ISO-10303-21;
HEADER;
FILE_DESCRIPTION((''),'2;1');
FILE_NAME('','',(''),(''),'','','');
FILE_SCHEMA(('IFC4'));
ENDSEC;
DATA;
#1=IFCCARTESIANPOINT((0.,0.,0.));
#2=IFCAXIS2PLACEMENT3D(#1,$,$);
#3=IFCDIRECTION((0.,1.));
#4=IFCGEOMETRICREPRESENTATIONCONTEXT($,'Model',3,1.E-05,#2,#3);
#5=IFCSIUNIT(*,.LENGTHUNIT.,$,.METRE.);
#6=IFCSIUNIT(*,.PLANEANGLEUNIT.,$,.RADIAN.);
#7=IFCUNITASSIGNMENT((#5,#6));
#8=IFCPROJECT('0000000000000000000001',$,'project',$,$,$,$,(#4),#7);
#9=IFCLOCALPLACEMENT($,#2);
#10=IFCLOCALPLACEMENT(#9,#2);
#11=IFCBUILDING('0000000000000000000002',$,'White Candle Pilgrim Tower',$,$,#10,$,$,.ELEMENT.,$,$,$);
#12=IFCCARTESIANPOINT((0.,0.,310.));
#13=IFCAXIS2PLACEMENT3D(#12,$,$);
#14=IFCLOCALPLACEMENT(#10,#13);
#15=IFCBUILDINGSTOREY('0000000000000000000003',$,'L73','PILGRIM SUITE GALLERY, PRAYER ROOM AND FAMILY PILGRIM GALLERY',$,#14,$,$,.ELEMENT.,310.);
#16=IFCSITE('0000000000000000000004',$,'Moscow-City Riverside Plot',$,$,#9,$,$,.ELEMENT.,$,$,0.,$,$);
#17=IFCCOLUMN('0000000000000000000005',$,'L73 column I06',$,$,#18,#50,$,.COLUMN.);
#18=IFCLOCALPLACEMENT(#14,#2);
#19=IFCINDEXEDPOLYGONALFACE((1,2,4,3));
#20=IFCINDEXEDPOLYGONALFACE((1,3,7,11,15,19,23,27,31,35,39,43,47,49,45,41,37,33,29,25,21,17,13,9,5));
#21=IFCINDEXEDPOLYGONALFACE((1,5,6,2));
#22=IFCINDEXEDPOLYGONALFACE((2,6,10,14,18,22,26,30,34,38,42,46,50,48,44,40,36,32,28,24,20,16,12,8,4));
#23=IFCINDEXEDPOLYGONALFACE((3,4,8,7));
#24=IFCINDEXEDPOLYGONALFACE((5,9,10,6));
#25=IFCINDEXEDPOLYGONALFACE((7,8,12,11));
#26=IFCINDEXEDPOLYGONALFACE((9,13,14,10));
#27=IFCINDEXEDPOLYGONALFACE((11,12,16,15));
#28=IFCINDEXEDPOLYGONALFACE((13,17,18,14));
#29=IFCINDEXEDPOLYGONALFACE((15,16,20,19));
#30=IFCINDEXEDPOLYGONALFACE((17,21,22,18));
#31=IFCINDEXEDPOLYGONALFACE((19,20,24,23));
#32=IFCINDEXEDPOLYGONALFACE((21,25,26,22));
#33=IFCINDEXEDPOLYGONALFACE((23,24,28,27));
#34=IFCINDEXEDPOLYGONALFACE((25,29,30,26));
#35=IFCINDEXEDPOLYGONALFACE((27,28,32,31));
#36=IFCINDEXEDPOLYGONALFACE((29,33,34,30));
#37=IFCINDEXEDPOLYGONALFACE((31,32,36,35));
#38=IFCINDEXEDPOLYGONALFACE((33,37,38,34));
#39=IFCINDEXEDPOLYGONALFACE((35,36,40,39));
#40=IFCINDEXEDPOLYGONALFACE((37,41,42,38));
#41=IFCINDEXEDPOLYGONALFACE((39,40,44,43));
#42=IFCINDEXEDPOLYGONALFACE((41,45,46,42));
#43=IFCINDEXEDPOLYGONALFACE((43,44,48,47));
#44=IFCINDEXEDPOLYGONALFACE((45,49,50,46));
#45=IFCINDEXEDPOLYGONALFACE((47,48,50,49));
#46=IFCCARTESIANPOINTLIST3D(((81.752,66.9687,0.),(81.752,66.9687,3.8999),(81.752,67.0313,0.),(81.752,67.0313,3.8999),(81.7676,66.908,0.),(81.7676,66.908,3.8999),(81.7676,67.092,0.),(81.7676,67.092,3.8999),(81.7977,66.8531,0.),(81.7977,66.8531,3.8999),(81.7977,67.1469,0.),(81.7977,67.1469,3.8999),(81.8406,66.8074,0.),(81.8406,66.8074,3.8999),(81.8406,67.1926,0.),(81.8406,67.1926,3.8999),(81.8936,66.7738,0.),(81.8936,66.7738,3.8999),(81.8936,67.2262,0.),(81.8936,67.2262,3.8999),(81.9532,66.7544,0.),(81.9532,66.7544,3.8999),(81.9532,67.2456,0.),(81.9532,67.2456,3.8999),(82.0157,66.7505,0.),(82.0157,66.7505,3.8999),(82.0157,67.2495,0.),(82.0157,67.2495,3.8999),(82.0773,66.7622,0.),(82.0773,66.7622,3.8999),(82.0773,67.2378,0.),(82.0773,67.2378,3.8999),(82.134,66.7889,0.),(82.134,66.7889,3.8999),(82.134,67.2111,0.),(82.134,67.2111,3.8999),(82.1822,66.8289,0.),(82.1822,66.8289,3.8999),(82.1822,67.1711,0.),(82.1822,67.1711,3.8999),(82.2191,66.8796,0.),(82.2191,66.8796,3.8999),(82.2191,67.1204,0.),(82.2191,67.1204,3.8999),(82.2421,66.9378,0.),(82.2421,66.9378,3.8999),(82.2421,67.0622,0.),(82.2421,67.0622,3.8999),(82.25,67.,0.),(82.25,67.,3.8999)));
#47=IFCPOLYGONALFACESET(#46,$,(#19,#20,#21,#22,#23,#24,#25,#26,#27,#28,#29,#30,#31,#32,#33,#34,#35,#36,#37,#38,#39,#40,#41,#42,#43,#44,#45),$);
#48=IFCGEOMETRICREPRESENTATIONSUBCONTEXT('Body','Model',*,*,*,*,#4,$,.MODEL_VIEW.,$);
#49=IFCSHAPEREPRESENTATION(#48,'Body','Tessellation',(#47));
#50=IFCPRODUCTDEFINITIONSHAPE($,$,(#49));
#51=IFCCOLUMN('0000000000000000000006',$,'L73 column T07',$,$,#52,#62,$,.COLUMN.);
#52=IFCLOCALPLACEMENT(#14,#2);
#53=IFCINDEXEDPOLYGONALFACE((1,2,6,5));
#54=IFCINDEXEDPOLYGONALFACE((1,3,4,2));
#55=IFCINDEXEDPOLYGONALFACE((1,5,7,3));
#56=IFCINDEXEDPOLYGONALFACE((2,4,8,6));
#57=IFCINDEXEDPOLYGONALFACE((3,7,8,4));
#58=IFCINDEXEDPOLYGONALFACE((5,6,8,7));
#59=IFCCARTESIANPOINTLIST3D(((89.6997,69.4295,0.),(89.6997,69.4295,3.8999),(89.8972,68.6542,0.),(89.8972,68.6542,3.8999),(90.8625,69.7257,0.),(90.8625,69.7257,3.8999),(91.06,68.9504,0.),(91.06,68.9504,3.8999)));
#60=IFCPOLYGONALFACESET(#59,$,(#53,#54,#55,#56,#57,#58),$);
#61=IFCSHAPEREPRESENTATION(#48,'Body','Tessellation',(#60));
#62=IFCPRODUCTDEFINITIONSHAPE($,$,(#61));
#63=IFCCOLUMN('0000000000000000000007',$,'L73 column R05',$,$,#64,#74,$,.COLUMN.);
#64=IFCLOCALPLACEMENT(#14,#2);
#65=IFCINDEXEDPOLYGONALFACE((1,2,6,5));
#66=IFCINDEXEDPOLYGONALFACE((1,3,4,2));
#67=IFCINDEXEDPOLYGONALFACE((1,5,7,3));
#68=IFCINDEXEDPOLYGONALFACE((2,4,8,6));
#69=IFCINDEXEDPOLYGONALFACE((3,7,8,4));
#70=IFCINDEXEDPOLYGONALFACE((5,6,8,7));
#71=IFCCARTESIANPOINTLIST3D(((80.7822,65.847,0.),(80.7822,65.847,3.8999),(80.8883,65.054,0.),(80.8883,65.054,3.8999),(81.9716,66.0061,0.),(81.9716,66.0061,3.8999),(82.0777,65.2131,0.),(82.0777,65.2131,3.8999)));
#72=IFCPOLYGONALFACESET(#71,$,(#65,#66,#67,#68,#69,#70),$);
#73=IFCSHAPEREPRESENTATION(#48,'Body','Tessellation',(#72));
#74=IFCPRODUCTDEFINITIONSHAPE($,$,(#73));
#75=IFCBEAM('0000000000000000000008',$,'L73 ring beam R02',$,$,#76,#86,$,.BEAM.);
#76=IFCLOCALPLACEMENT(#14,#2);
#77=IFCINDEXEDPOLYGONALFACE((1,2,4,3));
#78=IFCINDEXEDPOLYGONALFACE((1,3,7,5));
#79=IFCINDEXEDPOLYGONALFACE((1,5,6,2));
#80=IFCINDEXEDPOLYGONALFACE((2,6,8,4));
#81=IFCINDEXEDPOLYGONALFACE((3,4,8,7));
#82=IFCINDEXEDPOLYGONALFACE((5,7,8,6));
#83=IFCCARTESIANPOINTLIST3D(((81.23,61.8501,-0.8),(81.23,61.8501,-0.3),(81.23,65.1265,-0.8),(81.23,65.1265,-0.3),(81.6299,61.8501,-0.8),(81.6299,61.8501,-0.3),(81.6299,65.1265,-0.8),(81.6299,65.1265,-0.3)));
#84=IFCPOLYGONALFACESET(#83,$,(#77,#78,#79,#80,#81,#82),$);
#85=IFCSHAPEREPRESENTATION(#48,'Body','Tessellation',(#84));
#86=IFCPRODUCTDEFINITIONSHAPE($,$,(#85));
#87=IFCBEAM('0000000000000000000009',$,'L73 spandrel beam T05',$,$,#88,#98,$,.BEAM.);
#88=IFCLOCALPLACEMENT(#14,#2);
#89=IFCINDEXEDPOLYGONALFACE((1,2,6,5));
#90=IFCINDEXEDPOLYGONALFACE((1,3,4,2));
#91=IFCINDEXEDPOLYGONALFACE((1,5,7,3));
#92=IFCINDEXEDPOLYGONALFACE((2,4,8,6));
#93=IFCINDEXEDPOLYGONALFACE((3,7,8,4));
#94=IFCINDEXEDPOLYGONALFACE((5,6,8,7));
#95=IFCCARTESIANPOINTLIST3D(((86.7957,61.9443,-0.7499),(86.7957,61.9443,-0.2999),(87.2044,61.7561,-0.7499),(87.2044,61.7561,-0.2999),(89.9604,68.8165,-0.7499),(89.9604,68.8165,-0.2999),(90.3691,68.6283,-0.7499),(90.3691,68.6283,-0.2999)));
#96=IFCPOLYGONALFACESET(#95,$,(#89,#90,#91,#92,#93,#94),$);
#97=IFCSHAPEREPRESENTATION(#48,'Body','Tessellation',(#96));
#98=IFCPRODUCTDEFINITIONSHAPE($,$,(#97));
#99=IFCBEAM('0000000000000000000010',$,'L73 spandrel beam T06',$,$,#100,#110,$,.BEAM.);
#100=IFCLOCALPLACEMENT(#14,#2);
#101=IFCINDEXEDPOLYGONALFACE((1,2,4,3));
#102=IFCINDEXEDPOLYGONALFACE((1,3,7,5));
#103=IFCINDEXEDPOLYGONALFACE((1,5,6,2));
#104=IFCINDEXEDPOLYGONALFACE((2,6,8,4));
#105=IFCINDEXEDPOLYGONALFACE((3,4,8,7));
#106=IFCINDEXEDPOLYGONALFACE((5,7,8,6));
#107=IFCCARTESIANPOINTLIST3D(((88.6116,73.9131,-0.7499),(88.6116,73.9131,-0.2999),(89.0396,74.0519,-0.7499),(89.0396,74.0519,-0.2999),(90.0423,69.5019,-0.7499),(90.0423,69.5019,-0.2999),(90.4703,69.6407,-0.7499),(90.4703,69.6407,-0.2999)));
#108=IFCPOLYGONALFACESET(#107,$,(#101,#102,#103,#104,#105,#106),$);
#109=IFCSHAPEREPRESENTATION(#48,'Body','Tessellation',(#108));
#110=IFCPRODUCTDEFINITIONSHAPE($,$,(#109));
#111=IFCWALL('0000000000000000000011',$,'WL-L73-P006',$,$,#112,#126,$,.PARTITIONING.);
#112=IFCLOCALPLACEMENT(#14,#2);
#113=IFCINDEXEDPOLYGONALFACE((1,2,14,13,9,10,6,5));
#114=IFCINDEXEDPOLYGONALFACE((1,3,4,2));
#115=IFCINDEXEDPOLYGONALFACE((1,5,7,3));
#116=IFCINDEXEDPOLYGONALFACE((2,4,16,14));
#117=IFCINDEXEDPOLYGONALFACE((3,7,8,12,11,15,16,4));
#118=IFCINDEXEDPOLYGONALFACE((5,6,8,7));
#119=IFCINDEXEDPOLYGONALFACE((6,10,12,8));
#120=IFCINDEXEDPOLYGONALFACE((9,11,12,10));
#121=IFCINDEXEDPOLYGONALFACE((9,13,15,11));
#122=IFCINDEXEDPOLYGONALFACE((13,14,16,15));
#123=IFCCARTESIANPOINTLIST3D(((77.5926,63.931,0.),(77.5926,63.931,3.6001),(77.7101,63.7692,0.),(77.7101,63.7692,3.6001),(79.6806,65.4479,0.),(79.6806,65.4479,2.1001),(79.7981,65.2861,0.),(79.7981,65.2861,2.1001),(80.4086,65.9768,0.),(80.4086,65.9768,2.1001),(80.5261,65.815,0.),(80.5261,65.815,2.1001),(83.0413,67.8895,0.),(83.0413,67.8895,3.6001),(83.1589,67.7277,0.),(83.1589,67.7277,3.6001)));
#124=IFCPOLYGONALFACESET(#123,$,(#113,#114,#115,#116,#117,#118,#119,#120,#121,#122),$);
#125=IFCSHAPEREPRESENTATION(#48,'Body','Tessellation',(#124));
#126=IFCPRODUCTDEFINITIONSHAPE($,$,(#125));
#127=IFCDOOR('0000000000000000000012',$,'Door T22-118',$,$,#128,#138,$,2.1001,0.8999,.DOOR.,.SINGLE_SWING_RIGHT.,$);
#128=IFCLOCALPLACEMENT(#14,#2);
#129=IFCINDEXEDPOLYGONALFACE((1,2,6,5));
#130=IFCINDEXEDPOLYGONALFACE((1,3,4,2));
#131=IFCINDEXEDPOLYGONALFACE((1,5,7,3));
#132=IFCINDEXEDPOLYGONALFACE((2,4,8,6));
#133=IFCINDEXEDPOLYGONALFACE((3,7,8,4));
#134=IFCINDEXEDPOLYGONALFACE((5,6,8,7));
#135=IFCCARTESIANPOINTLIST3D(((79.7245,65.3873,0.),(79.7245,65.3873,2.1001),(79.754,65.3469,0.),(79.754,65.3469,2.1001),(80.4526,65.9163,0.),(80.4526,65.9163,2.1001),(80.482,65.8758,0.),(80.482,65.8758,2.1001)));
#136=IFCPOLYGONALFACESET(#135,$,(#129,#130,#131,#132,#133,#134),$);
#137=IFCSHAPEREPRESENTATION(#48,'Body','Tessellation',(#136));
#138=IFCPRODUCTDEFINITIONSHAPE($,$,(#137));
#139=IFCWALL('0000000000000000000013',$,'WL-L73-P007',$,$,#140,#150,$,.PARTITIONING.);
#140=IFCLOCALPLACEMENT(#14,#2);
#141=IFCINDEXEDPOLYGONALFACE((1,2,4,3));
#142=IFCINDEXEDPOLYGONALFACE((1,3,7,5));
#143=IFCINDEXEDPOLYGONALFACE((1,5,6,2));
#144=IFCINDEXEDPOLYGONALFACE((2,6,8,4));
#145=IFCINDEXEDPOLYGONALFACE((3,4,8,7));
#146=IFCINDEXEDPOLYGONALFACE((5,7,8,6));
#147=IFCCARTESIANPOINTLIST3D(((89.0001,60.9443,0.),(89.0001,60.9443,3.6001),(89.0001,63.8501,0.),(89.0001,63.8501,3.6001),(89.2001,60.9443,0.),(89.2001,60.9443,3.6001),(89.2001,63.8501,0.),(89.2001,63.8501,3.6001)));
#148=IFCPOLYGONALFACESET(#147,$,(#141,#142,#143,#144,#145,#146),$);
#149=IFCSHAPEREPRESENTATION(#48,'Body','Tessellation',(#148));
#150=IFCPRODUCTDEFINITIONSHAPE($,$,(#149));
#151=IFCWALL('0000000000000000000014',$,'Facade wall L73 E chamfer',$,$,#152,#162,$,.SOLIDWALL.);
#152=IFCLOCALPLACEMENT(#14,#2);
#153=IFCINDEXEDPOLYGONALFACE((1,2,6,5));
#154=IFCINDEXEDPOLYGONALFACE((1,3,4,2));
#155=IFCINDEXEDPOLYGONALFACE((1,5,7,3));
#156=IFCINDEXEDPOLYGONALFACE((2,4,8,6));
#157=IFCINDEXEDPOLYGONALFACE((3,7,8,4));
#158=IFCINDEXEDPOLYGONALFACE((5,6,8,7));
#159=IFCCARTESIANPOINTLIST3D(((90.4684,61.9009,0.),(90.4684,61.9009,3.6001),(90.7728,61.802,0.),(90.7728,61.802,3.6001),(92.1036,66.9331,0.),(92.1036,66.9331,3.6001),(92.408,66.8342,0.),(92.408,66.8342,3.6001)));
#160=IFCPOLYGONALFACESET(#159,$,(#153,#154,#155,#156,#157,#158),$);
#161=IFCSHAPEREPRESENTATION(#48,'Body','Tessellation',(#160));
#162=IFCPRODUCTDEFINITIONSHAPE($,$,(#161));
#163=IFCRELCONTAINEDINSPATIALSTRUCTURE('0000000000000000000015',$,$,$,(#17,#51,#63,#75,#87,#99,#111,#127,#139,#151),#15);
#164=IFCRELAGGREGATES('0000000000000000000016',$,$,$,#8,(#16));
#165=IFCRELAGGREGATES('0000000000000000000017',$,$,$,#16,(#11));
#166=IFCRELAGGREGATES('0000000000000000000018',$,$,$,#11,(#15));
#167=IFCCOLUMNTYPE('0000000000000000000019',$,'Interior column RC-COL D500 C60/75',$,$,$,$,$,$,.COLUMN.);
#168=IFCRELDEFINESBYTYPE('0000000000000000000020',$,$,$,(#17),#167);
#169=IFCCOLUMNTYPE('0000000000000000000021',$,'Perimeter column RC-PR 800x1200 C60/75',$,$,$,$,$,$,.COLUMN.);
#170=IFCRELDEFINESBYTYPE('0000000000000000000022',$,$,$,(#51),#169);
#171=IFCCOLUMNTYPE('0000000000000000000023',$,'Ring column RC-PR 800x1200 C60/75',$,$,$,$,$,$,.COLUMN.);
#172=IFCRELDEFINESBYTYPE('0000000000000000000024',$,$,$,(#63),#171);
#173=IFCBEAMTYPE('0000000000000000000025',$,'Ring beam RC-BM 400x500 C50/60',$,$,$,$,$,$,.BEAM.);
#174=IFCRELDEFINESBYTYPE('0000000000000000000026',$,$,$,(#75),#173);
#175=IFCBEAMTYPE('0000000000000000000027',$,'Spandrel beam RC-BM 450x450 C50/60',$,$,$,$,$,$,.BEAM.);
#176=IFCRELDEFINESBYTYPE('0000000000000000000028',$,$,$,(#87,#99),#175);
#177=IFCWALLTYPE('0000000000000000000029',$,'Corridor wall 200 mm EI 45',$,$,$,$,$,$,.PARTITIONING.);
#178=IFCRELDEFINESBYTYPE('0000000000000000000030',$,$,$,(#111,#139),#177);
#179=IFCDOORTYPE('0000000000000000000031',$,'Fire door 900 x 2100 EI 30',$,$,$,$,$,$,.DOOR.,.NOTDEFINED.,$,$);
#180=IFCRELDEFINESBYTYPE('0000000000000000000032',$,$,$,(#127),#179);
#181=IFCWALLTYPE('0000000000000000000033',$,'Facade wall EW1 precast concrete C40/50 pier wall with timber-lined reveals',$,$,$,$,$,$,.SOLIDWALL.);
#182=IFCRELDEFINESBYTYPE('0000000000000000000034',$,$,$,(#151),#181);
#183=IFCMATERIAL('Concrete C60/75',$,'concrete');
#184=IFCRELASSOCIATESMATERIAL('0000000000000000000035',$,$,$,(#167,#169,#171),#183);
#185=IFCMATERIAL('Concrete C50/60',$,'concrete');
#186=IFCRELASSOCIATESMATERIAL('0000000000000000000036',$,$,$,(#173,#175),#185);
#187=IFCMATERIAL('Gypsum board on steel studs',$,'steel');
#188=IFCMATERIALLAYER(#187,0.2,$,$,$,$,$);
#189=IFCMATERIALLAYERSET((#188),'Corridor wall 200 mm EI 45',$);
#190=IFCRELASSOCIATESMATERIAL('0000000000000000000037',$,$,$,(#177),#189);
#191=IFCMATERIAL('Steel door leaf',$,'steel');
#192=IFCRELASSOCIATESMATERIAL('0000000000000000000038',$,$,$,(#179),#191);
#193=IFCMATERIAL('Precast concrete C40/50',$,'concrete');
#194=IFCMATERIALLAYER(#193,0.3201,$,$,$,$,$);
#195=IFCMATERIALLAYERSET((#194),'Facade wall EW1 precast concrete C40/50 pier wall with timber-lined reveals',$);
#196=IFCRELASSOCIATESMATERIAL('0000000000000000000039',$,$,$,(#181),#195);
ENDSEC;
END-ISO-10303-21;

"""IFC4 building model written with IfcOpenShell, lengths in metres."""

from ifc_helpers import new_model, si_unit, direction, frame, frame_2d, origin, origin_2d, place, context, subcontext, project, spatial, rectangle, circle, extrude, material, layer, layer_set, material_profile, profile_set, type_object, element, fill, save


model = new_model("IFC4")

# Units and contexts
model_context = context("Model", 3, precision=1e-05, world=origin(), true_north=direction((0.0, 1.0)))
body_context = subcontext(model_context, "Body", "Model", "MODEL_VIEW")
ifc_project = project(units=[si_unit("LENGTHUNIT", "METRE"), si_unit("PLANEANGLEUNIT", "RADIAN")], contexts=[model_context])

# Site, building, storey
site_placement = place(None, origin())
site = spatial("IfcSite", under=ifc_project, at=site_placement, Name="Moscow-City Riverside Plot", CompositionType="ELEMENT", RefElevation=0.0)
building_placement = place(site_placement, origin())
building = spatial("IfcBuilding", under=site, at=building_placement, Name="White Candle Pilgrim Tower", CompositionType="ELEMENT")
storey_placement = place(building_placement, frame((0.0, 0.0, 310.0)))
storey = spatial("IfcBuildingStorey", under=building, at=storey_placement, Name="L73", Description="PILGRIM SUITE GALLERY, PRAYER ROOM AND FAMILY PILGRIM GALLERY", CompositionType="ELEMENT", Elevation=310.0)

# Columns
ifc_material_1 = material(Name="Concrete C60/75", Category="concrete")
ifc_material_profile_1 = material_profile(ifc_material_1, circle(Radius=0.25, at=origin_2d()), Name="RC-COL D500")
ifc_profile_set_1 = profile_set([ifc_material_profile_1], Name="Concrete C60/75")
column_type_1 = type_object("IfcColumnType", Name="Interior column RC-COL D500 C60/75", PredefinedType="COLUMN", material=ifc_profile_set_1)
column_1_placement = place(storey_placement, frame((82.0, 67.0, 0.0), z_axis=(0.0, 0.0, 1.0), x_axis=(1.0, 0.0, 0.0)))
element("IfcColumn", 1, at=column_1_placement, inside=storey, type_object=column_type_1, Name="L73 column I06", PredefinedType="COLUMN", context=body_context, shape_type="SweptSolid", body=[
    extrude(circle(Radius=0.25, at=origin_2d()), origin(), (0.0, 0.0, 1.0), 3.8999),
])
ifc_material_profile_2 = material_profile(ifc_material_1, rectangle(XDim=0.8, YDim=1.2, at=origin_2d()), Name="RC-PR 800x1200")
ifc_profile_set_2 = profile_set([ifc_material_profile_2], Name="Concrete C60/75")
column_type_2 = type_object("IfcColumnType", Name="Perimeter column RC-PR 800x1200 C60/75", PredefinedType="COLUMN", material=ifc_profile_set_2)
column_2_placement = place(storey_placement, frame((90.3799, 69.1899, 0.0), z_axis=(0.0, 0.0, 1.0), x_axis=(0.246881, -0.969046, 0.0)))
element("IfcColumn", 2, at=column_2_placement, inside=storey, type_object=column_type_2, Name="L73 column T07", PredefinedType="COLUMN", context=body_context, shape_type="SweptSolid", body=[
    extrude(rectangle(XDim=0.8, YDim=1.2, at=origin_2d()), origin(), (0.0, 0.0, 1.0), 3.8999),
])
ifc_material_profile_3 = material_profile(ifc_material_1, rectangle(XDim=0.8, YDim=1.2, at=origin_2d()), Name="RC-PR 800x1200")
ifc_profile_set_3 = profile_set([ifc_material_profile_3], Name="Concrete C60/75")
column_type_3 = type_object("IfcColumnType", Name="Ring column RC-PR 800x1200 C60/75", PredefinedType="COLUMN", material=ifc_profile_set_3)
column_3_placement = place(storey_placement, frame((81.4299, 65.53, 0.0), z_axis=(0.0, 0.0, 1.0), x_axis=(0.132602, -0.991169, 0.0)))
element("IfcColumn", 3, at=column_3_placement, inside=storey, type_object=column_type_3, Name="L73 column R05", PredefinedType="COLUMN", context=body_context, shape_type="SweptSolid", body=[
    extrude(rectangle(XDim=0.8, YDim=1.2, at=origin_2d()), origin(), (0.0, 0.0, 1.0), 3.8999),
])

# Beams
ifc_material_2 = material(Name="Concrete C50/60", Category="concrete")
ifc_material_profile_4 = material_profile(ifc_material_2, rectangle(XDim=0.3999, YDim=0.5, at=origin_2d()), Name="RC-BM 400x500")
ifc_profile_set_4 = profile_set([ifc_material_profile_4], Name="Concrete C50/60")
beam_type_1 = type_object("IfcBeamType", Name="Ring beam RC-BM 400x500 C50/60", PredefinedType="BEAM", material=ifc_profile_set_4)
beam_1_placement = place(storey_placement, frame((81.4299, 65.1265, -0.55), z_axis=(0.0, -1.0, 0.0), x_axis=(1.0, 0.0, 0.0)))
element("IfcBeam", 4, at=beam_1_placement, inside=storey, type_object=beam_type_1, Name="L73 ring beam R02", PredefinedType="BEAM", context=body_context, shape_type="SweptSolid", body=[
    extrude(rectangle(XDim=0.3999, YDim=0.5, at=origin_2d()), origin(), (0.0, 0.0, 1.0), 3.2764),
])
ifc_material_profile_5 = material_profile(ifc_material_2, rectangle(XDim=0.45, YDim=0.45, at=origin_2d()), Name="RC-BM 450x450")
ifc_profile_set_5 = profile_set([ifc_material_profile_5], Name="Concrete C50/60")
beam_type_2 = type_object("IfcBeamType", Name="Spandrel beam RC-BM 450x450 C50/60", PredefinedType="BEAM", material=ifc_profile_set_5)
beam_2_placement = place(storey_placement, frame((90.1648, 68.7224, -0.5249), z_axis=(-0.418291, -0.908313, 0.0), x_axis=(0.908313, -0.418291, 0.0)))
element("IfcBeam", 5, at=beam_2_placement, inside=storey, type_object=beam_type_2, Name="L73 spandrel beam T05", PredefinedType="BEAM", context=body_context, shape_type="SweptSolid", body=[
    extrude(rectangle(XDim=0.45, YDim=0.45, at=origin_2d()), origin(), (0.0, 0.0, 1.0), 7.5659),
])
beam_3_placement = place(storey_placement, frame((90.2563, 69.5713, -0.5249), z_axis=(-0.30851, 0.951221, 0.0), x_axis=(-0.951221, -0.30851, 0.0)))
element("IfcBeam", 6, at=beam_3_placement, inside=storey, type_object=beam_type_2, Name="L73 spandrel beam T06", PredefinedType="BEAM", context=body_context, shape_type="SweptSolid", body=[
    extrude(rectangle(XDim=0.45, YDim=0.45, at=origin_2d()), origin(), (0.0, 0.0, 1.0), 4.6375),
])

# Wall, opening, door
ifc_material_3 = material(Name="Gypsum board on steel studs", Category="steel")
ifc_layer_1 = layer(ifc_material_3, 0.2)
ifc_layer_set_1 = layer_set([ifc_layer_1], Name="Corridor wall 200 mm EI 45")
wall_type_1 = type_object("IfcWallType", Name="Corridor wall 200 mm EI 45", PredefinedType="PARTITIONING", material=ifc_layer_set_1)
wall_1_placement = place(storey_placement, frame((83.1001, 67.8086, 0.0), z_axis=(0.0, 0.0, 1.0), x_axis=(-0.809034, -0.587762, 0.0)))
wall_1 = element("IfcWall", 7, at=wall_1_placement, inside=storey, type_object=wall_type_1, Name="WL-L73-P006", PredefinedType="PARTITIONING", context=body_context, shape_type="SweptSolid", body=[
    extrude(rectangle(XDim=6.7349, YDim=0.2, at=frame_2d((3.3674, 0.0))), origin(), (0.0, 0.0, 1.0), 3.6001),
])
opening_1_placement = place(wall_1_placement, frame((3.2542, 0.0, 0.0)))
opening_1 = element("IfcOpeningElement", 8, at=opening_1_placement, cuts=wall_1, PredefinedType="OPENING", context=body_context, shape_type="SweptSolid", body=[
    extrude(rectangle(XDim=0.8999, YDim=2.1001, at=frame_2d((0.45, 1.05))), frame((0.0, 0.1099, 0.0), z_axis=(0.0, -1.0, 0.0), x_axis=(1.0, 0.0, 0.0)), (0.0, 0.0, 1.0), 0.22),
])
ifc_material_4 = material(Name="Steel door leaf", Category="steel")
door_type = type_object("IfcDoorType", Name="Fire door 900 x 2100 EI 30", OperationType="NOTDEFINED", PredefinedType="DOOR", material=ifc_material_4)
door_1_placement = place(opening_1_placement, origin())
door_1 = element("IfcDoor", 9, at=door_1_placement, inside=storey, type_object=door_type, Name="Door T22-118", OperationType="SINGLE_SWING_RIGHT", OverallHeight=2.1001, OverallWidth=0.8999, PredefinedType="DOOR", context=body_context, shape_type="SweptSolid", body=[
    extrude(rectangle(XDim=0.8999, YDim=2.1001, at=frame_2d((0.45, 1.05))), frame((0.0, 0.0249, 0.0), z_axis=(0.0, -1.0, 0.0), x_axis=(1.0, 0.0, 0.0)), (0.0, 0.0, 1.0), 0.05),
])
fill(opening_1, door_1)

# Walls
wall_2_placement = place(storey_placement, frame((89.1001, 63.8501, 0.0), z_axis=(0.0, 0.0, 1.0), x_axis=(0.0, -1.0, 0.0)))
element("IfcWall", 10, at=wall_2_placement, inside=storey, type_object=wall_type_1, Name="WL-L73-P007", PredefinedType="PARTITIONING", context=body_context, shape_type="SweptSolid", body=[
    extrude(rectangle(XDim=2.9058, YDim=0.2, at=frame_2d((1.4529, 0.0))), origin(), (0.0, 0.0, 1.0), 3.6001),
])
ifc_material_5 = material(Name="Precast concrete C40/50", Category="concrete")
ifc_layer_2 = layer(ifc_material_5, 0.3201)
ifc_layer_set_2 = layer_set([ifc_layer_2], Name="Facade wall EW1 precast concrete C40/50 pier wall with timber-lined reveals")
wall_type_2 = type_object("IfcWallType", Name="Facade wall EW1 precast concrete C40/50 pier wall with timber-lined reveals", PredefinedType="SOLIDWALL", material=ifc_layer_set_2)
wall_3_placement = place(storey_placement, frame((90.6206, 61.8516, 0.0), z_axis=(0.0, 0.0, 1.0), x_axis=(0.309049, 0.951046, 0.0)))
element("IfcWall", 11, at=wall_3_placement, inside=storey, type_object=wall_type_2, Name="Facade wall L73 E chamfer", PredefinedType="SOLIDWALL", context=body_context, shape_type="SweptSolid", body=[
    extrude(rectangle(XDim=5.2913, YDim=0.3201, at=frame_2d((2.6455, 0.0))), origin(), (0.0, 0.0, 1.0), 3.6001),
])

save(model, "model.ifc")
